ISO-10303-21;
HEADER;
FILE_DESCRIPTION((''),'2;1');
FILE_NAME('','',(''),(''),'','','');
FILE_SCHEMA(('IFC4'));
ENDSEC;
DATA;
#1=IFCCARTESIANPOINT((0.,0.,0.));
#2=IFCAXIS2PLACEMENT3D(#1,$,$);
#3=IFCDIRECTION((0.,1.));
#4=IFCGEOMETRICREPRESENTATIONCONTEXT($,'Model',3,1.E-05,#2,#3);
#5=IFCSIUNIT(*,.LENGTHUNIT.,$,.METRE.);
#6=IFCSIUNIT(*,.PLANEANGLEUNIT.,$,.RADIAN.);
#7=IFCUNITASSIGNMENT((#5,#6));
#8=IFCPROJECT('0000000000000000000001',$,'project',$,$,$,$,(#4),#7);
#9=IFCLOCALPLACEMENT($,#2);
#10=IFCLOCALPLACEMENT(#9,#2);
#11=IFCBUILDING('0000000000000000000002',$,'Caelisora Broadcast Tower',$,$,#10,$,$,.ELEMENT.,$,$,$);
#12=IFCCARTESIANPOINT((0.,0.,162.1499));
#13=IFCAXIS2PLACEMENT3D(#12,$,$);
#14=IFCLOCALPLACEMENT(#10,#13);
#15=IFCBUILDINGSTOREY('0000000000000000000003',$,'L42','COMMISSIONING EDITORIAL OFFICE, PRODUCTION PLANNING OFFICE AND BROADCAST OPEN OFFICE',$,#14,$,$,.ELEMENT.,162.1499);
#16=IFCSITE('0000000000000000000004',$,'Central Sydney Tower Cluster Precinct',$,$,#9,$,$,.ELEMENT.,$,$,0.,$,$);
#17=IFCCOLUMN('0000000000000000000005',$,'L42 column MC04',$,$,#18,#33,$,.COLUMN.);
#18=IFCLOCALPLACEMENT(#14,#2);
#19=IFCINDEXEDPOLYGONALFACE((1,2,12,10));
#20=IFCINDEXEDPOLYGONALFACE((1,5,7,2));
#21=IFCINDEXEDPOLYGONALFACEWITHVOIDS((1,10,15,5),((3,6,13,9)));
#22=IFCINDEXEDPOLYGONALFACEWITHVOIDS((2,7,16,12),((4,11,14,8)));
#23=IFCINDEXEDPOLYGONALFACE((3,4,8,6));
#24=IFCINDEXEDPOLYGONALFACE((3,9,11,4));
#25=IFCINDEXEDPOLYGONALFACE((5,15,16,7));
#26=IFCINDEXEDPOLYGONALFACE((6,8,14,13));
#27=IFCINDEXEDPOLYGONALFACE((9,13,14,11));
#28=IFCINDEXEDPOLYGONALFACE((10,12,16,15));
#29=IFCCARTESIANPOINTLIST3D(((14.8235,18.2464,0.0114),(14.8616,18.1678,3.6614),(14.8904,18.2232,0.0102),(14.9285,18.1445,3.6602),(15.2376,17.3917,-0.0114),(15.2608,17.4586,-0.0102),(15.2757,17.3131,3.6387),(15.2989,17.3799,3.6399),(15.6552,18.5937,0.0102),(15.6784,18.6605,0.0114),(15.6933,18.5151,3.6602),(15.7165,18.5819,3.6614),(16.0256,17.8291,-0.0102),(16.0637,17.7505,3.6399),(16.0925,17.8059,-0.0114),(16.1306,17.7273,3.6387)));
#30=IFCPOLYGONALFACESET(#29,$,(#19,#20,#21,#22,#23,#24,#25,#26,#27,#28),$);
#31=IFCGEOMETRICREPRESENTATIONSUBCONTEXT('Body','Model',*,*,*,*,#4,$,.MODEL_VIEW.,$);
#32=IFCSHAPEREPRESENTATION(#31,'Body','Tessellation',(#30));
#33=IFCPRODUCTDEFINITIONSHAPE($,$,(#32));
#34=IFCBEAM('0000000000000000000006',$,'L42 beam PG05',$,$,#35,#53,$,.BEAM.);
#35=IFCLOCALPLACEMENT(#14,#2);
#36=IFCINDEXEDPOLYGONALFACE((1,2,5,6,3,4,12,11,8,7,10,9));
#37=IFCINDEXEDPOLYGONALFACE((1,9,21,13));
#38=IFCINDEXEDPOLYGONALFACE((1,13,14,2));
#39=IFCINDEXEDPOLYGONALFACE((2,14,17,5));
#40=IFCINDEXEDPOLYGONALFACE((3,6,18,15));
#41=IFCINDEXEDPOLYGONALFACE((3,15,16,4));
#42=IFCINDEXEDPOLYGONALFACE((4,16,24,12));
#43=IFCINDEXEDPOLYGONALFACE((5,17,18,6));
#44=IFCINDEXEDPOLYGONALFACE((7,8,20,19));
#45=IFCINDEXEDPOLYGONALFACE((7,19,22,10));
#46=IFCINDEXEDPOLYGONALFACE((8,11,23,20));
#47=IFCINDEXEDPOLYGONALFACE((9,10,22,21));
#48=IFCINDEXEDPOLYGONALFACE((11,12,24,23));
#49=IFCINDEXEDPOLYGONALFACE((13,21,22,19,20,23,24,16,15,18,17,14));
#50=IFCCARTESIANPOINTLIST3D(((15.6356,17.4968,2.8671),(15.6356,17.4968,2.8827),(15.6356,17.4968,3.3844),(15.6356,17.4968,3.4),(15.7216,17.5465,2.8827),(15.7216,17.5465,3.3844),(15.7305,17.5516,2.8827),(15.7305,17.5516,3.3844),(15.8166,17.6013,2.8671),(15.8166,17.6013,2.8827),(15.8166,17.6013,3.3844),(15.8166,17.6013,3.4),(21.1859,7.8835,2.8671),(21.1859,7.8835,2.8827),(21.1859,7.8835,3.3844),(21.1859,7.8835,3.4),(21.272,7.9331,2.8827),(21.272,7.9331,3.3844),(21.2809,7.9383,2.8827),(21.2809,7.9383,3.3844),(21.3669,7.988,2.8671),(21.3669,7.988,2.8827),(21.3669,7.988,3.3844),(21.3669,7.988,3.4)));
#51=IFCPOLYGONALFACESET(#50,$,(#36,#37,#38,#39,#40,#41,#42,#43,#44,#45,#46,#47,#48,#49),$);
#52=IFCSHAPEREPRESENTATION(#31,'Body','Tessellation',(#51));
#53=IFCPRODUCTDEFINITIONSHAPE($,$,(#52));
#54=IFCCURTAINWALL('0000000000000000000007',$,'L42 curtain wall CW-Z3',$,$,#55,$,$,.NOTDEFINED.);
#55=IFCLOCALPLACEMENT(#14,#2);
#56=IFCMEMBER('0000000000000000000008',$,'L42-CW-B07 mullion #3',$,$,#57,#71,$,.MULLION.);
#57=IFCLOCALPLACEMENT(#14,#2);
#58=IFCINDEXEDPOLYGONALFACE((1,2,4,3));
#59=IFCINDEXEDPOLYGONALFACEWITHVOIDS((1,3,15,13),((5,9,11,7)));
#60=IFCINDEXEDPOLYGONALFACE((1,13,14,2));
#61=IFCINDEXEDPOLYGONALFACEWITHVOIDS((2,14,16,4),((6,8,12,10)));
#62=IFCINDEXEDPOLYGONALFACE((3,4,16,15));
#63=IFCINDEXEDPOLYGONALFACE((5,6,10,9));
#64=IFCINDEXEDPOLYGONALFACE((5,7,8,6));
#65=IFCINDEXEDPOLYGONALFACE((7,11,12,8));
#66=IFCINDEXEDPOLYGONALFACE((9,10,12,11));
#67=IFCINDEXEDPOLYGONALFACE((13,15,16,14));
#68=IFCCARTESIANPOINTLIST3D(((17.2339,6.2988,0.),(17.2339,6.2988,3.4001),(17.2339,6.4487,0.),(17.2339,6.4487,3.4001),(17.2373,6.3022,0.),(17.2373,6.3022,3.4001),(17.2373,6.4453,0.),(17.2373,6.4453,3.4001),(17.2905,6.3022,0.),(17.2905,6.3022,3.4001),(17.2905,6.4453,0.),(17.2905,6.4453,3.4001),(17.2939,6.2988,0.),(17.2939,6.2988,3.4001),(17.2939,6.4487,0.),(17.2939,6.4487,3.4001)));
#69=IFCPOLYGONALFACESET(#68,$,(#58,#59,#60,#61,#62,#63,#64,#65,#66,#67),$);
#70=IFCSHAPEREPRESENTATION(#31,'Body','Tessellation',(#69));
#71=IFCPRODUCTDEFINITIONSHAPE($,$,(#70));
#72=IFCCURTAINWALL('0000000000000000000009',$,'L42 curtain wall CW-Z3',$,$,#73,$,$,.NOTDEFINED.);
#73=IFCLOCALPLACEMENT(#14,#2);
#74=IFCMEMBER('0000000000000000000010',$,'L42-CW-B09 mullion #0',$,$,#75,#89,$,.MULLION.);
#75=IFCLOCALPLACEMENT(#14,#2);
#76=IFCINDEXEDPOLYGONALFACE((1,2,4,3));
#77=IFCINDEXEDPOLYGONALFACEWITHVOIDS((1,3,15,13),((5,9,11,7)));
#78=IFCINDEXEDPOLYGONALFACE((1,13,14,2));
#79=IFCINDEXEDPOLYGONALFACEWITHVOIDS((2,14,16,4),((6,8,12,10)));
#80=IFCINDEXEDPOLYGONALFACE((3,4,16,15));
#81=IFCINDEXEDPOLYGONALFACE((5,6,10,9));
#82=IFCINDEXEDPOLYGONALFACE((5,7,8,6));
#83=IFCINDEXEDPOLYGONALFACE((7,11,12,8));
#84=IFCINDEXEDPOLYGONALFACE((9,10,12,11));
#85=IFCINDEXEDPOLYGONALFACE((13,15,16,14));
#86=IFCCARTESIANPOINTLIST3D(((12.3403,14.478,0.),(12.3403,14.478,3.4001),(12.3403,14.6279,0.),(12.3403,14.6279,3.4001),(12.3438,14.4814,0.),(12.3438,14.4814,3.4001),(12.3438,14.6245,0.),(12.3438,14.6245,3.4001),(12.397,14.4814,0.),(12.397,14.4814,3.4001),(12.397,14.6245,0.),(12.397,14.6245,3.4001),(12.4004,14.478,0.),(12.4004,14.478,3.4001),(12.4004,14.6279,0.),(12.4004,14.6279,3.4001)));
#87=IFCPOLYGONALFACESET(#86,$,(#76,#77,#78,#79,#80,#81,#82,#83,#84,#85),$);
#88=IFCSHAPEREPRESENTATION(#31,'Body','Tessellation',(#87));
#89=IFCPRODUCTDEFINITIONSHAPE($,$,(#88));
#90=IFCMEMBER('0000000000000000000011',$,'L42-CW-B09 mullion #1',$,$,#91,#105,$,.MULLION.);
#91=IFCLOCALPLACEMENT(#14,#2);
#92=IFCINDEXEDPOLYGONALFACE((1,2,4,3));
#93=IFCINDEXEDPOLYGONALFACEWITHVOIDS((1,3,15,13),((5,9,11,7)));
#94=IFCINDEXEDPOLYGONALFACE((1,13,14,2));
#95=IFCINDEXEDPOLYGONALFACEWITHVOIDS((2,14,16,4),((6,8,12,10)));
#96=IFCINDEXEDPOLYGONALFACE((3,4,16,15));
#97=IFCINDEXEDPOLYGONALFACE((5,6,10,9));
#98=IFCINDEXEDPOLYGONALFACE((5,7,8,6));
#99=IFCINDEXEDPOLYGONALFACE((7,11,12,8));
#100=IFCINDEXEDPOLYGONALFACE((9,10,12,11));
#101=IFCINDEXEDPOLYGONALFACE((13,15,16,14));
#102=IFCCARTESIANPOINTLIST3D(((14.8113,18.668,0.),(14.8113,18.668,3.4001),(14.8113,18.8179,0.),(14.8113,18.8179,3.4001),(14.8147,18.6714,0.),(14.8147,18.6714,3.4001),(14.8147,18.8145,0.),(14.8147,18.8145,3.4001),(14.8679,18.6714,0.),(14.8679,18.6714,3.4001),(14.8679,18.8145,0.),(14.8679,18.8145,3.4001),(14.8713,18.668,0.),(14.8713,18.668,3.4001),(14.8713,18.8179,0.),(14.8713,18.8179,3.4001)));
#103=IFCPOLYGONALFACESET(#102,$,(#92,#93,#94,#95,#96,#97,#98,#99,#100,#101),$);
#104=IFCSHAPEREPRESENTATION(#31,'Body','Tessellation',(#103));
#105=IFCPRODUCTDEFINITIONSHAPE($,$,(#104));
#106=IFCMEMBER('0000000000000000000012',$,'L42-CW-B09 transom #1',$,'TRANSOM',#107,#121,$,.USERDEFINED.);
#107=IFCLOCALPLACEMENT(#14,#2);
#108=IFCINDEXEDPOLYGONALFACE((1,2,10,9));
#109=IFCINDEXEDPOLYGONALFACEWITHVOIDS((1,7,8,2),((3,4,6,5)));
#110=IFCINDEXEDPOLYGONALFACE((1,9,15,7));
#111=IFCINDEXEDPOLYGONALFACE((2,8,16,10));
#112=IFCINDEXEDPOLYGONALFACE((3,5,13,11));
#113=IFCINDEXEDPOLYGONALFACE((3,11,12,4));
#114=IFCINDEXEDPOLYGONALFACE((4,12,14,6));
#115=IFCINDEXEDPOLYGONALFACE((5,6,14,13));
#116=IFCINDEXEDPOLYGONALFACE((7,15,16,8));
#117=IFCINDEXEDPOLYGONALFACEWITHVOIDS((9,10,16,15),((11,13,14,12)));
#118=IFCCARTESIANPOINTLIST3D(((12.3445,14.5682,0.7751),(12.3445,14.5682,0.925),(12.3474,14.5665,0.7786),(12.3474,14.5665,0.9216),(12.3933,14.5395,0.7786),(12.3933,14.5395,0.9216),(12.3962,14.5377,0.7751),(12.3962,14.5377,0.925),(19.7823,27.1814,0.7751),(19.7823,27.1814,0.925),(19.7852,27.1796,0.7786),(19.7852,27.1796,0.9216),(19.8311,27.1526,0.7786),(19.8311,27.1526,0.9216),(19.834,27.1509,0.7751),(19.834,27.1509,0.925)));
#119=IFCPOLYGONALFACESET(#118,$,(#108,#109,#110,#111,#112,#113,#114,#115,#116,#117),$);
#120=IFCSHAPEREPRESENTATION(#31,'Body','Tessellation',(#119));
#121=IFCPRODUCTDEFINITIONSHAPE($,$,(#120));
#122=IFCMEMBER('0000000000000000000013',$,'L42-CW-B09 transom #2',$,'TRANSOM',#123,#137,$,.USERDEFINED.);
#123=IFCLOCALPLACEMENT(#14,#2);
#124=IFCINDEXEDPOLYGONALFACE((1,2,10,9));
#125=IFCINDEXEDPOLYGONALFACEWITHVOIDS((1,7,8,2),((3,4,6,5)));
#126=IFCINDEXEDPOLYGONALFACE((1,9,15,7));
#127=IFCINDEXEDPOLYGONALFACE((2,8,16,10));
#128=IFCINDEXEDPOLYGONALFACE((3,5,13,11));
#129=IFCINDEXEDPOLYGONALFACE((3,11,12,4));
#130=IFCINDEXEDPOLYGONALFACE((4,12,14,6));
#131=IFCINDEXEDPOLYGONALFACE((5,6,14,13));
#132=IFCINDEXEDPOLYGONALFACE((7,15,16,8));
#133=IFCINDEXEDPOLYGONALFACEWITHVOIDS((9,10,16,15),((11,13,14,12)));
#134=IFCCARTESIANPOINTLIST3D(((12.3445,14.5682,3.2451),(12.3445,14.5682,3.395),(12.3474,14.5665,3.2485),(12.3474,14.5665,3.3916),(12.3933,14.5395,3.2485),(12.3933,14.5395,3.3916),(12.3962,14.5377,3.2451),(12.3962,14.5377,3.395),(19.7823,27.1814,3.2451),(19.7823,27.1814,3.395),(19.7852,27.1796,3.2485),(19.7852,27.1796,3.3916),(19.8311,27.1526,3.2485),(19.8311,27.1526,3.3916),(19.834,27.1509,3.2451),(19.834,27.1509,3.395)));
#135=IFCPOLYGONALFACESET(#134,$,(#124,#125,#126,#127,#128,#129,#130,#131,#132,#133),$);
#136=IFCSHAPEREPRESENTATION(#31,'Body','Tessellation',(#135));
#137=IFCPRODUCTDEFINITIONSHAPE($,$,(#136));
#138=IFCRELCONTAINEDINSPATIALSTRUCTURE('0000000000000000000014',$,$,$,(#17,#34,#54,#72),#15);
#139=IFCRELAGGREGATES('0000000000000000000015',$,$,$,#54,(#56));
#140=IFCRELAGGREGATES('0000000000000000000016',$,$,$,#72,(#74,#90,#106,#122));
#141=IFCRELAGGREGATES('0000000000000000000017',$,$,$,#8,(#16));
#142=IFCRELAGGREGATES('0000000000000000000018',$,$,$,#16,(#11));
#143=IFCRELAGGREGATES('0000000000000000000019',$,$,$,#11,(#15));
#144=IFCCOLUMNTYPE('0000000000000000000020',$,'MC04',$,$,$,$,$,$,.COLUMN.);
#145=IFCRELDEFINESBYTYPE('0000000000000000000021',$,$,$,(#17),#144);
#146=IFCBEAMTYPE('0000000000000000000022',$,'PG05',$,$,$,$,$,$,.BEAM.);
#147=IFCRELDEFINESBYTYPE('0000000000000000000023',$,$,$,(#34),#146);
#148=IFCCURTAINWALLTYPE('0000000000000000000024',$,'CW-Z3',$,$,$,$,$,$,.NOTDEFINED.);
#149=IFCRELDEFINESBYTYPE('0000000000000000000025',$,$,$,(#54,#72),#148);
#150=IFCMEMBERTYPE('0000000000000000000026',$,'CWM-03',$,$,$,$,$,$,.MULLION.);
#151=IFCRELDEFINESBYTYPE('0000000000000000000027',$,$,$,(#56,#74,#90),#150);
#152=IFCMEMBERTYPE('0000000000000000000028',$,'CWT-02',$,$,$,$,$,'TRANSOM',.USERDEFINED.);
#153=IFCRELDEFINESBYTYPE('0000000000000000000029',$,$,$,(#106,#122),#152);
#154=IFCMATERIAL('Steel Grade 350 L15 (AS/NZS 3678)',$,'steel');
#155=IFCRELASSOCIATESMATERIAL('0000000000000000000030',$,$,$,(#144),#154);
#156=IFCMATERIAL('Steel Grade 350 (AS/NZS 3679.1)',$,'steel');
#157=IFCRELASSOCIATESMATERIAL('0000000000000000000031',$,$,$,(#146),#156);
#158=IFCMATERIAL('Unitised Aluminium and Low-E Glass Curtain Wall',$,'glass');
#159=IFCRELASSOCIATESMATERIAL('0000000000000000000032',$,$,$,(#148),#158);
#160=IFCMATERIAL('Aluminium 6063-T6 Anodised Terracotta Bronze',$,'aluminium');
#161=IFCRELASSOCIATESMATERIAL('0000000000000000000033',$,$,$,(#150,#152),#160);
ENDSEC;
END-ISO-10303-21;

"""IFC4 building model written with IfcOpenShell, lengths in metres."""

from ifc_helpers import new_model, si_unit, direction, frame, origin, origin_2d, place, context, subcontext, project, spatial, hollow_rectangle, i_section, extrude, source, transform, mapped, material, material_profile, profile_set, type_object, type_shapes, element, aggregate, save


model = new_model("IFC4")

# Units and contexts
model_context = context("Model", 3, precision=1e-05, world=origin(), true_north=direction((0.0, 1.0)))
body_context = subcontext(model_context, "Body", "Model", "MODEL_VIEW")
ifc_project = project(units=[si_unit("LENGTHUNIT", "METRE"), si_unit("PLANEANGLEUNIT", "RADIAN")], contexts=[model_context])

# Site, building, storey
site_placement = place(None, origin())
site = spatial("IfcSite", under=ifc_project, at=site_placement, Name="Central Sydney Tower Cluster Precinct", CompositionType="ELEMENT", RefElevation=0.0)
building_placement = place(site_placement, origin())
building = spatial("IfcBuilding", under=site, at=building_placement, Name="Caelisora Broadcast Tower", CompositionType="ELEMENT")
storey_placement = place(building_placement, frame((0.0, 0.0, 162.1499)))
storey = spatial("IfcBuildingStorey", under=building, at=storey_placement, Name="L42", Description="COMMISSIONING EDITORIAL OFFICE, PRODUCTION PLANNING OFFICE AND BROADCAST OPEN OFFICE", CompositionType="ELEMENT", Elevation=162.1499)

# Column
ifc_material_1 = material(Name="Steel Grade 350 L15 (AS/NZS 3678)", Category="steel")
ifc_material_profile_1 = material_profile(ifc_material_1, hollow_rectangle(XDim=0.95, YDim=0.95, WallThickness=0.05, at=origin_2d()), Name="Steel Grade 350 L15 (AS/NZS 3678)")
ifc_profile_set_1 = profile_set([ifc_material_profile_1], Name="Steel Grade 350 L15 (AS/NZS 3678)")
column_type = type_object("IfcColumnType", Name="MC04", PredefinedType="COLUMN", material=ifc_profile_set_1)
shared_shape_1 = source(origin(), body_context, "Body", "SweptSolid", [
    extrude(hollow_rectangle(XDim=0.95, YDim=0.95, WallThickness=0.05, at=origin_2d()), origin(), (0.0, 0.0, 1.0), 3.6511),
])
type_shapes(column_type, [shared_shape_1])
column_placement = place(storey_placement, frame((15.458, 18.0261, 0.0), z_axis=(0.010431, -0.021531, 0.999714), x_axis=(0.899947, 0.435999, 0.0)))
element("IfcColumn", 1, at=column_placement, inside=storey, type_object=column_type, Name="L42 column MC04", PredefinedType="COLUMN", context=body_context, shape_type="MappedRepresentation", body=[
    mapped(shared_shape_1, transform((0.0, 0.0, 0.0), scale=1.0)),
])

# Beam
ifc_material_2 = material(Name="Steel Grade 350 (AS/NZS 3679.1)", Category="steel")
ifc_material_profile_2 = material_profile(ifc_material_2, i_section(OverallWidth=0.209, OverallDepth=0.533, WebThickness=0.0103, FlangeThickness=0.0156, at=origin_2d()), Name="Steel Grade 350 (AS/NZS 3679.1)")
ifc_profile_set_2 = profile_set([ifc_material_profile_2], Name="Steel Grade 350 (AS/NZS 3679.1)")
beam_type = type_object("IfcBeamType", Name="PG05", PredefinedType="BEAM", material=ifc_profile_set_2)
shared_shape_2 = source(origin(), body_context, "Body", "SweptSolid", [
    extrude(i_section(OverallWidth=0.209, OverallDepth=0.533, WebThickness=0.0103, FlangeThickness=0.0156, at=origin_2d()), origin(), (0.0, 0.0, 1.0), 11.1006),
])
type_shapes(beam_type, [shared_shape_2])
beam_placement = place(storey_placement, frame((15.7261, 17.5491, 3.1335), z_axis=(0.500004, -0.866023, 0.0), x_axis=(0.866023, 0.500004, 0.0)))
element("IfcBeam", 2, at=beam_placement, inside=storey, type_object=beam_type, Name="L42 beam PG05", PredefinedType="BEAM", context=body_context, shape_type="MappedRepresentation", body=[
    mapped(shared_shape_2, transform((0.0, 0.0, 0.0), scale=1.0)),
])

# Curtain wall, member
ifc_material_3 = material(Name="Unitised Aluminium and Low-E Glass Curtain Wall", Category="glass")
curtain_wall_type = type_object("IfcCurtainWallType", Name="CW-Z3", PredefinedType="NOTDEFINED", material=ifc_material_3)
curtain_wall_1_placement = place(storey_placement, origin())
curtain_wall_1 = element("IfcCurtainWall", 3, at=curtain_wall_1_placement, inside=storey, type_object=curtain_wall_type, Name="L42 curtain wall CW-Z3", PredefinedType="NOTDEFINED")
ifc_material_4 = material(Name="Aluminium 6063-T6 Anodised Terracotta Bronze", Category="aluminium")
ifc_material_profile_3 = material_profile(ifc_material_4, hollow_rectangle(XDim=0.0601, YDim=0.1499, WallThickness=0.0034, at=origin_2d()), Name="Aluminium 6063-T6 Anodised Terracotta Bronze")
ifc_profile_set_3 = profile_set([ifc_material_profile_3], Name="Aluminium 6063-T6 Anodised Terracotta Bronze")
member_type_1 = type_object("IfcMemberType", Name="CWM-03", PredefinedType="MULLION", material=ifc_profile_set_3)
shared_shape_3 = source(origin(), body_context, "Body", "SweptSolid", [
    extrude(hollow_rectangle(XDim=0.0601, YDim=0.1499, WallThickness=0.0034, at=origin_2d()), origin(), (0.0, 0.0, 1.0), 3.4001),
])
type_shapes(member_type_1, [shared_shape_3])
member_1_placement = place(storey_placement, frame((17.2639, 6.3738, 0.0), z_axis=(0.0, 0.0, 1.0), x_axis=(1.0, 0.0, 0.0)))
member_1 = element("IfcMember", 4, at=member_1_placement, type_object=member_type_1, Name="L42-CW-B07 mullion #3", PredefinedType="MULLION", context=body_context, shape_type="MappedRepresentation", body=[
    mapped(shared_shape_3, transform((0.0, 0.0, 0.0), scale=1.0)),
])
aggregate(curtain_wall_1, [member_1])

# Curtain wall, members
curtain_wall_2_placement = place(storey_placement, origin())
curtain_wall_2 = element("IfcCurtainWall", 5, at=curtain_wall_2_placement, inside=storey, type_object=curtain_wall_type, Name="L42 curtain wall CW-Z3", PredefinedType="NOTDEFINED")
member_2_placement = place(storey_placement, frame((12.3704, 14.553, 0.0), z_axis=(0.0, 0.0, 1.0), x_axis=(1.0, 0.0, 0.0)))
member_2 = element("IfcMember", 6, at=member_2_placement, type_object=member_type_1, Name="L42-CW-B09 mullion #0", PredefinedType="MULLION", context=body_context, shape_type="MappedRepresentation", body=[
    mapped(shared_shape_3, transform((0.0, 0.0, 0.0), scale=1.0)),
])
member_3_placement = place(storey_placement, frame((14.8413, 18.7429, 0.0), z_axis=(0.0, 0.0, 1.0), x_axis=(1.0, 0.0, 0.0)))
member_3 = element("IfcMember", 7, at=member_3_placement, type_object=member_type_1, Name="L42-CW-B09 mullion #1", PredefinedType="MULLION", context=body_context, shape_type="MappedRepresentation", body=[
    mapped(shared_shape_3, transform((0.0, 0.0, 0.0), scale=1.0)),
])
ifc_material_profile_4 = material_profile(ifc_material_4, hollow_rectangle(XDim=0.0601, YDim=0.1499, WallThickness=0.0034, at=origin_2d()), Name="Aluminium 6063-T6 Anodised Terracotta Bronze")
ifc_profile_set_4 = profile_set([ifc_material_profile_4], Name="Aluminium 6063-T6 Anodised Terracotta Bronze")
member_type_2 = type_object("IfcMemberType", Name="CWT-02", ElementType="TRANSOM", PredefinedType="USERDEFINED", material=ifc_profile_set_4)
shared_shape_4 = source(origin(), body_context, "Body", "SweptSolid", [
    extrude(hollow_rectangle(XDim=0.0601, YDim=0.1499, WallThickness=0.0034, at=origin_2d()), origin(), (0.0, 0.0, 1.0), 14.6428),
])
type_shapes(member_type_2, [shared_shape_4])
member_4_placement = place(storey_placement, frame((12.3704, 14.553, 0.8501), z_axis=(0.507949, 0.861387, 0.0), x_axis=(-0.861387, 0.507949, 0.0)))
member_4 = element("IfcMember", 8, at=member_4_placement, type_object=member_type_2, Name="L42-CW-B09 transom #1", ObjectType="TRANSOM", PredefinedType="USERDEFINED", context=body_context, shape_type="MappedRepresentation", body=[
    mapped(shared_shape_4, transform((0.0, 0.0, 0.0), scale=1.0)),
])
member_5_placement = place(storey_placement, frame((12.3704, 14.553, 3.3201), z_axis=(0.507949, 0.861387, 0.0), x_axis=(-0.861387, 0.507949, 0.0)))
member_5 = element("IfcMember", 9, at=member_5_placement, type_object=member_type_2, Name="L42-CW-B09 transom #2", ObjectType="TRANSOM", PredefinedType="USERDEFINED", context=body_context, shape_type="MappedRepresentation", body=[
    mapped(shared_shape_4, transform((0.0, 0.0, 0.0), scale=1.0)),
])

aggregate(curtain_wall_2, [member_2, member_3, member_4, member_5])

save(model, "model.ifc")
